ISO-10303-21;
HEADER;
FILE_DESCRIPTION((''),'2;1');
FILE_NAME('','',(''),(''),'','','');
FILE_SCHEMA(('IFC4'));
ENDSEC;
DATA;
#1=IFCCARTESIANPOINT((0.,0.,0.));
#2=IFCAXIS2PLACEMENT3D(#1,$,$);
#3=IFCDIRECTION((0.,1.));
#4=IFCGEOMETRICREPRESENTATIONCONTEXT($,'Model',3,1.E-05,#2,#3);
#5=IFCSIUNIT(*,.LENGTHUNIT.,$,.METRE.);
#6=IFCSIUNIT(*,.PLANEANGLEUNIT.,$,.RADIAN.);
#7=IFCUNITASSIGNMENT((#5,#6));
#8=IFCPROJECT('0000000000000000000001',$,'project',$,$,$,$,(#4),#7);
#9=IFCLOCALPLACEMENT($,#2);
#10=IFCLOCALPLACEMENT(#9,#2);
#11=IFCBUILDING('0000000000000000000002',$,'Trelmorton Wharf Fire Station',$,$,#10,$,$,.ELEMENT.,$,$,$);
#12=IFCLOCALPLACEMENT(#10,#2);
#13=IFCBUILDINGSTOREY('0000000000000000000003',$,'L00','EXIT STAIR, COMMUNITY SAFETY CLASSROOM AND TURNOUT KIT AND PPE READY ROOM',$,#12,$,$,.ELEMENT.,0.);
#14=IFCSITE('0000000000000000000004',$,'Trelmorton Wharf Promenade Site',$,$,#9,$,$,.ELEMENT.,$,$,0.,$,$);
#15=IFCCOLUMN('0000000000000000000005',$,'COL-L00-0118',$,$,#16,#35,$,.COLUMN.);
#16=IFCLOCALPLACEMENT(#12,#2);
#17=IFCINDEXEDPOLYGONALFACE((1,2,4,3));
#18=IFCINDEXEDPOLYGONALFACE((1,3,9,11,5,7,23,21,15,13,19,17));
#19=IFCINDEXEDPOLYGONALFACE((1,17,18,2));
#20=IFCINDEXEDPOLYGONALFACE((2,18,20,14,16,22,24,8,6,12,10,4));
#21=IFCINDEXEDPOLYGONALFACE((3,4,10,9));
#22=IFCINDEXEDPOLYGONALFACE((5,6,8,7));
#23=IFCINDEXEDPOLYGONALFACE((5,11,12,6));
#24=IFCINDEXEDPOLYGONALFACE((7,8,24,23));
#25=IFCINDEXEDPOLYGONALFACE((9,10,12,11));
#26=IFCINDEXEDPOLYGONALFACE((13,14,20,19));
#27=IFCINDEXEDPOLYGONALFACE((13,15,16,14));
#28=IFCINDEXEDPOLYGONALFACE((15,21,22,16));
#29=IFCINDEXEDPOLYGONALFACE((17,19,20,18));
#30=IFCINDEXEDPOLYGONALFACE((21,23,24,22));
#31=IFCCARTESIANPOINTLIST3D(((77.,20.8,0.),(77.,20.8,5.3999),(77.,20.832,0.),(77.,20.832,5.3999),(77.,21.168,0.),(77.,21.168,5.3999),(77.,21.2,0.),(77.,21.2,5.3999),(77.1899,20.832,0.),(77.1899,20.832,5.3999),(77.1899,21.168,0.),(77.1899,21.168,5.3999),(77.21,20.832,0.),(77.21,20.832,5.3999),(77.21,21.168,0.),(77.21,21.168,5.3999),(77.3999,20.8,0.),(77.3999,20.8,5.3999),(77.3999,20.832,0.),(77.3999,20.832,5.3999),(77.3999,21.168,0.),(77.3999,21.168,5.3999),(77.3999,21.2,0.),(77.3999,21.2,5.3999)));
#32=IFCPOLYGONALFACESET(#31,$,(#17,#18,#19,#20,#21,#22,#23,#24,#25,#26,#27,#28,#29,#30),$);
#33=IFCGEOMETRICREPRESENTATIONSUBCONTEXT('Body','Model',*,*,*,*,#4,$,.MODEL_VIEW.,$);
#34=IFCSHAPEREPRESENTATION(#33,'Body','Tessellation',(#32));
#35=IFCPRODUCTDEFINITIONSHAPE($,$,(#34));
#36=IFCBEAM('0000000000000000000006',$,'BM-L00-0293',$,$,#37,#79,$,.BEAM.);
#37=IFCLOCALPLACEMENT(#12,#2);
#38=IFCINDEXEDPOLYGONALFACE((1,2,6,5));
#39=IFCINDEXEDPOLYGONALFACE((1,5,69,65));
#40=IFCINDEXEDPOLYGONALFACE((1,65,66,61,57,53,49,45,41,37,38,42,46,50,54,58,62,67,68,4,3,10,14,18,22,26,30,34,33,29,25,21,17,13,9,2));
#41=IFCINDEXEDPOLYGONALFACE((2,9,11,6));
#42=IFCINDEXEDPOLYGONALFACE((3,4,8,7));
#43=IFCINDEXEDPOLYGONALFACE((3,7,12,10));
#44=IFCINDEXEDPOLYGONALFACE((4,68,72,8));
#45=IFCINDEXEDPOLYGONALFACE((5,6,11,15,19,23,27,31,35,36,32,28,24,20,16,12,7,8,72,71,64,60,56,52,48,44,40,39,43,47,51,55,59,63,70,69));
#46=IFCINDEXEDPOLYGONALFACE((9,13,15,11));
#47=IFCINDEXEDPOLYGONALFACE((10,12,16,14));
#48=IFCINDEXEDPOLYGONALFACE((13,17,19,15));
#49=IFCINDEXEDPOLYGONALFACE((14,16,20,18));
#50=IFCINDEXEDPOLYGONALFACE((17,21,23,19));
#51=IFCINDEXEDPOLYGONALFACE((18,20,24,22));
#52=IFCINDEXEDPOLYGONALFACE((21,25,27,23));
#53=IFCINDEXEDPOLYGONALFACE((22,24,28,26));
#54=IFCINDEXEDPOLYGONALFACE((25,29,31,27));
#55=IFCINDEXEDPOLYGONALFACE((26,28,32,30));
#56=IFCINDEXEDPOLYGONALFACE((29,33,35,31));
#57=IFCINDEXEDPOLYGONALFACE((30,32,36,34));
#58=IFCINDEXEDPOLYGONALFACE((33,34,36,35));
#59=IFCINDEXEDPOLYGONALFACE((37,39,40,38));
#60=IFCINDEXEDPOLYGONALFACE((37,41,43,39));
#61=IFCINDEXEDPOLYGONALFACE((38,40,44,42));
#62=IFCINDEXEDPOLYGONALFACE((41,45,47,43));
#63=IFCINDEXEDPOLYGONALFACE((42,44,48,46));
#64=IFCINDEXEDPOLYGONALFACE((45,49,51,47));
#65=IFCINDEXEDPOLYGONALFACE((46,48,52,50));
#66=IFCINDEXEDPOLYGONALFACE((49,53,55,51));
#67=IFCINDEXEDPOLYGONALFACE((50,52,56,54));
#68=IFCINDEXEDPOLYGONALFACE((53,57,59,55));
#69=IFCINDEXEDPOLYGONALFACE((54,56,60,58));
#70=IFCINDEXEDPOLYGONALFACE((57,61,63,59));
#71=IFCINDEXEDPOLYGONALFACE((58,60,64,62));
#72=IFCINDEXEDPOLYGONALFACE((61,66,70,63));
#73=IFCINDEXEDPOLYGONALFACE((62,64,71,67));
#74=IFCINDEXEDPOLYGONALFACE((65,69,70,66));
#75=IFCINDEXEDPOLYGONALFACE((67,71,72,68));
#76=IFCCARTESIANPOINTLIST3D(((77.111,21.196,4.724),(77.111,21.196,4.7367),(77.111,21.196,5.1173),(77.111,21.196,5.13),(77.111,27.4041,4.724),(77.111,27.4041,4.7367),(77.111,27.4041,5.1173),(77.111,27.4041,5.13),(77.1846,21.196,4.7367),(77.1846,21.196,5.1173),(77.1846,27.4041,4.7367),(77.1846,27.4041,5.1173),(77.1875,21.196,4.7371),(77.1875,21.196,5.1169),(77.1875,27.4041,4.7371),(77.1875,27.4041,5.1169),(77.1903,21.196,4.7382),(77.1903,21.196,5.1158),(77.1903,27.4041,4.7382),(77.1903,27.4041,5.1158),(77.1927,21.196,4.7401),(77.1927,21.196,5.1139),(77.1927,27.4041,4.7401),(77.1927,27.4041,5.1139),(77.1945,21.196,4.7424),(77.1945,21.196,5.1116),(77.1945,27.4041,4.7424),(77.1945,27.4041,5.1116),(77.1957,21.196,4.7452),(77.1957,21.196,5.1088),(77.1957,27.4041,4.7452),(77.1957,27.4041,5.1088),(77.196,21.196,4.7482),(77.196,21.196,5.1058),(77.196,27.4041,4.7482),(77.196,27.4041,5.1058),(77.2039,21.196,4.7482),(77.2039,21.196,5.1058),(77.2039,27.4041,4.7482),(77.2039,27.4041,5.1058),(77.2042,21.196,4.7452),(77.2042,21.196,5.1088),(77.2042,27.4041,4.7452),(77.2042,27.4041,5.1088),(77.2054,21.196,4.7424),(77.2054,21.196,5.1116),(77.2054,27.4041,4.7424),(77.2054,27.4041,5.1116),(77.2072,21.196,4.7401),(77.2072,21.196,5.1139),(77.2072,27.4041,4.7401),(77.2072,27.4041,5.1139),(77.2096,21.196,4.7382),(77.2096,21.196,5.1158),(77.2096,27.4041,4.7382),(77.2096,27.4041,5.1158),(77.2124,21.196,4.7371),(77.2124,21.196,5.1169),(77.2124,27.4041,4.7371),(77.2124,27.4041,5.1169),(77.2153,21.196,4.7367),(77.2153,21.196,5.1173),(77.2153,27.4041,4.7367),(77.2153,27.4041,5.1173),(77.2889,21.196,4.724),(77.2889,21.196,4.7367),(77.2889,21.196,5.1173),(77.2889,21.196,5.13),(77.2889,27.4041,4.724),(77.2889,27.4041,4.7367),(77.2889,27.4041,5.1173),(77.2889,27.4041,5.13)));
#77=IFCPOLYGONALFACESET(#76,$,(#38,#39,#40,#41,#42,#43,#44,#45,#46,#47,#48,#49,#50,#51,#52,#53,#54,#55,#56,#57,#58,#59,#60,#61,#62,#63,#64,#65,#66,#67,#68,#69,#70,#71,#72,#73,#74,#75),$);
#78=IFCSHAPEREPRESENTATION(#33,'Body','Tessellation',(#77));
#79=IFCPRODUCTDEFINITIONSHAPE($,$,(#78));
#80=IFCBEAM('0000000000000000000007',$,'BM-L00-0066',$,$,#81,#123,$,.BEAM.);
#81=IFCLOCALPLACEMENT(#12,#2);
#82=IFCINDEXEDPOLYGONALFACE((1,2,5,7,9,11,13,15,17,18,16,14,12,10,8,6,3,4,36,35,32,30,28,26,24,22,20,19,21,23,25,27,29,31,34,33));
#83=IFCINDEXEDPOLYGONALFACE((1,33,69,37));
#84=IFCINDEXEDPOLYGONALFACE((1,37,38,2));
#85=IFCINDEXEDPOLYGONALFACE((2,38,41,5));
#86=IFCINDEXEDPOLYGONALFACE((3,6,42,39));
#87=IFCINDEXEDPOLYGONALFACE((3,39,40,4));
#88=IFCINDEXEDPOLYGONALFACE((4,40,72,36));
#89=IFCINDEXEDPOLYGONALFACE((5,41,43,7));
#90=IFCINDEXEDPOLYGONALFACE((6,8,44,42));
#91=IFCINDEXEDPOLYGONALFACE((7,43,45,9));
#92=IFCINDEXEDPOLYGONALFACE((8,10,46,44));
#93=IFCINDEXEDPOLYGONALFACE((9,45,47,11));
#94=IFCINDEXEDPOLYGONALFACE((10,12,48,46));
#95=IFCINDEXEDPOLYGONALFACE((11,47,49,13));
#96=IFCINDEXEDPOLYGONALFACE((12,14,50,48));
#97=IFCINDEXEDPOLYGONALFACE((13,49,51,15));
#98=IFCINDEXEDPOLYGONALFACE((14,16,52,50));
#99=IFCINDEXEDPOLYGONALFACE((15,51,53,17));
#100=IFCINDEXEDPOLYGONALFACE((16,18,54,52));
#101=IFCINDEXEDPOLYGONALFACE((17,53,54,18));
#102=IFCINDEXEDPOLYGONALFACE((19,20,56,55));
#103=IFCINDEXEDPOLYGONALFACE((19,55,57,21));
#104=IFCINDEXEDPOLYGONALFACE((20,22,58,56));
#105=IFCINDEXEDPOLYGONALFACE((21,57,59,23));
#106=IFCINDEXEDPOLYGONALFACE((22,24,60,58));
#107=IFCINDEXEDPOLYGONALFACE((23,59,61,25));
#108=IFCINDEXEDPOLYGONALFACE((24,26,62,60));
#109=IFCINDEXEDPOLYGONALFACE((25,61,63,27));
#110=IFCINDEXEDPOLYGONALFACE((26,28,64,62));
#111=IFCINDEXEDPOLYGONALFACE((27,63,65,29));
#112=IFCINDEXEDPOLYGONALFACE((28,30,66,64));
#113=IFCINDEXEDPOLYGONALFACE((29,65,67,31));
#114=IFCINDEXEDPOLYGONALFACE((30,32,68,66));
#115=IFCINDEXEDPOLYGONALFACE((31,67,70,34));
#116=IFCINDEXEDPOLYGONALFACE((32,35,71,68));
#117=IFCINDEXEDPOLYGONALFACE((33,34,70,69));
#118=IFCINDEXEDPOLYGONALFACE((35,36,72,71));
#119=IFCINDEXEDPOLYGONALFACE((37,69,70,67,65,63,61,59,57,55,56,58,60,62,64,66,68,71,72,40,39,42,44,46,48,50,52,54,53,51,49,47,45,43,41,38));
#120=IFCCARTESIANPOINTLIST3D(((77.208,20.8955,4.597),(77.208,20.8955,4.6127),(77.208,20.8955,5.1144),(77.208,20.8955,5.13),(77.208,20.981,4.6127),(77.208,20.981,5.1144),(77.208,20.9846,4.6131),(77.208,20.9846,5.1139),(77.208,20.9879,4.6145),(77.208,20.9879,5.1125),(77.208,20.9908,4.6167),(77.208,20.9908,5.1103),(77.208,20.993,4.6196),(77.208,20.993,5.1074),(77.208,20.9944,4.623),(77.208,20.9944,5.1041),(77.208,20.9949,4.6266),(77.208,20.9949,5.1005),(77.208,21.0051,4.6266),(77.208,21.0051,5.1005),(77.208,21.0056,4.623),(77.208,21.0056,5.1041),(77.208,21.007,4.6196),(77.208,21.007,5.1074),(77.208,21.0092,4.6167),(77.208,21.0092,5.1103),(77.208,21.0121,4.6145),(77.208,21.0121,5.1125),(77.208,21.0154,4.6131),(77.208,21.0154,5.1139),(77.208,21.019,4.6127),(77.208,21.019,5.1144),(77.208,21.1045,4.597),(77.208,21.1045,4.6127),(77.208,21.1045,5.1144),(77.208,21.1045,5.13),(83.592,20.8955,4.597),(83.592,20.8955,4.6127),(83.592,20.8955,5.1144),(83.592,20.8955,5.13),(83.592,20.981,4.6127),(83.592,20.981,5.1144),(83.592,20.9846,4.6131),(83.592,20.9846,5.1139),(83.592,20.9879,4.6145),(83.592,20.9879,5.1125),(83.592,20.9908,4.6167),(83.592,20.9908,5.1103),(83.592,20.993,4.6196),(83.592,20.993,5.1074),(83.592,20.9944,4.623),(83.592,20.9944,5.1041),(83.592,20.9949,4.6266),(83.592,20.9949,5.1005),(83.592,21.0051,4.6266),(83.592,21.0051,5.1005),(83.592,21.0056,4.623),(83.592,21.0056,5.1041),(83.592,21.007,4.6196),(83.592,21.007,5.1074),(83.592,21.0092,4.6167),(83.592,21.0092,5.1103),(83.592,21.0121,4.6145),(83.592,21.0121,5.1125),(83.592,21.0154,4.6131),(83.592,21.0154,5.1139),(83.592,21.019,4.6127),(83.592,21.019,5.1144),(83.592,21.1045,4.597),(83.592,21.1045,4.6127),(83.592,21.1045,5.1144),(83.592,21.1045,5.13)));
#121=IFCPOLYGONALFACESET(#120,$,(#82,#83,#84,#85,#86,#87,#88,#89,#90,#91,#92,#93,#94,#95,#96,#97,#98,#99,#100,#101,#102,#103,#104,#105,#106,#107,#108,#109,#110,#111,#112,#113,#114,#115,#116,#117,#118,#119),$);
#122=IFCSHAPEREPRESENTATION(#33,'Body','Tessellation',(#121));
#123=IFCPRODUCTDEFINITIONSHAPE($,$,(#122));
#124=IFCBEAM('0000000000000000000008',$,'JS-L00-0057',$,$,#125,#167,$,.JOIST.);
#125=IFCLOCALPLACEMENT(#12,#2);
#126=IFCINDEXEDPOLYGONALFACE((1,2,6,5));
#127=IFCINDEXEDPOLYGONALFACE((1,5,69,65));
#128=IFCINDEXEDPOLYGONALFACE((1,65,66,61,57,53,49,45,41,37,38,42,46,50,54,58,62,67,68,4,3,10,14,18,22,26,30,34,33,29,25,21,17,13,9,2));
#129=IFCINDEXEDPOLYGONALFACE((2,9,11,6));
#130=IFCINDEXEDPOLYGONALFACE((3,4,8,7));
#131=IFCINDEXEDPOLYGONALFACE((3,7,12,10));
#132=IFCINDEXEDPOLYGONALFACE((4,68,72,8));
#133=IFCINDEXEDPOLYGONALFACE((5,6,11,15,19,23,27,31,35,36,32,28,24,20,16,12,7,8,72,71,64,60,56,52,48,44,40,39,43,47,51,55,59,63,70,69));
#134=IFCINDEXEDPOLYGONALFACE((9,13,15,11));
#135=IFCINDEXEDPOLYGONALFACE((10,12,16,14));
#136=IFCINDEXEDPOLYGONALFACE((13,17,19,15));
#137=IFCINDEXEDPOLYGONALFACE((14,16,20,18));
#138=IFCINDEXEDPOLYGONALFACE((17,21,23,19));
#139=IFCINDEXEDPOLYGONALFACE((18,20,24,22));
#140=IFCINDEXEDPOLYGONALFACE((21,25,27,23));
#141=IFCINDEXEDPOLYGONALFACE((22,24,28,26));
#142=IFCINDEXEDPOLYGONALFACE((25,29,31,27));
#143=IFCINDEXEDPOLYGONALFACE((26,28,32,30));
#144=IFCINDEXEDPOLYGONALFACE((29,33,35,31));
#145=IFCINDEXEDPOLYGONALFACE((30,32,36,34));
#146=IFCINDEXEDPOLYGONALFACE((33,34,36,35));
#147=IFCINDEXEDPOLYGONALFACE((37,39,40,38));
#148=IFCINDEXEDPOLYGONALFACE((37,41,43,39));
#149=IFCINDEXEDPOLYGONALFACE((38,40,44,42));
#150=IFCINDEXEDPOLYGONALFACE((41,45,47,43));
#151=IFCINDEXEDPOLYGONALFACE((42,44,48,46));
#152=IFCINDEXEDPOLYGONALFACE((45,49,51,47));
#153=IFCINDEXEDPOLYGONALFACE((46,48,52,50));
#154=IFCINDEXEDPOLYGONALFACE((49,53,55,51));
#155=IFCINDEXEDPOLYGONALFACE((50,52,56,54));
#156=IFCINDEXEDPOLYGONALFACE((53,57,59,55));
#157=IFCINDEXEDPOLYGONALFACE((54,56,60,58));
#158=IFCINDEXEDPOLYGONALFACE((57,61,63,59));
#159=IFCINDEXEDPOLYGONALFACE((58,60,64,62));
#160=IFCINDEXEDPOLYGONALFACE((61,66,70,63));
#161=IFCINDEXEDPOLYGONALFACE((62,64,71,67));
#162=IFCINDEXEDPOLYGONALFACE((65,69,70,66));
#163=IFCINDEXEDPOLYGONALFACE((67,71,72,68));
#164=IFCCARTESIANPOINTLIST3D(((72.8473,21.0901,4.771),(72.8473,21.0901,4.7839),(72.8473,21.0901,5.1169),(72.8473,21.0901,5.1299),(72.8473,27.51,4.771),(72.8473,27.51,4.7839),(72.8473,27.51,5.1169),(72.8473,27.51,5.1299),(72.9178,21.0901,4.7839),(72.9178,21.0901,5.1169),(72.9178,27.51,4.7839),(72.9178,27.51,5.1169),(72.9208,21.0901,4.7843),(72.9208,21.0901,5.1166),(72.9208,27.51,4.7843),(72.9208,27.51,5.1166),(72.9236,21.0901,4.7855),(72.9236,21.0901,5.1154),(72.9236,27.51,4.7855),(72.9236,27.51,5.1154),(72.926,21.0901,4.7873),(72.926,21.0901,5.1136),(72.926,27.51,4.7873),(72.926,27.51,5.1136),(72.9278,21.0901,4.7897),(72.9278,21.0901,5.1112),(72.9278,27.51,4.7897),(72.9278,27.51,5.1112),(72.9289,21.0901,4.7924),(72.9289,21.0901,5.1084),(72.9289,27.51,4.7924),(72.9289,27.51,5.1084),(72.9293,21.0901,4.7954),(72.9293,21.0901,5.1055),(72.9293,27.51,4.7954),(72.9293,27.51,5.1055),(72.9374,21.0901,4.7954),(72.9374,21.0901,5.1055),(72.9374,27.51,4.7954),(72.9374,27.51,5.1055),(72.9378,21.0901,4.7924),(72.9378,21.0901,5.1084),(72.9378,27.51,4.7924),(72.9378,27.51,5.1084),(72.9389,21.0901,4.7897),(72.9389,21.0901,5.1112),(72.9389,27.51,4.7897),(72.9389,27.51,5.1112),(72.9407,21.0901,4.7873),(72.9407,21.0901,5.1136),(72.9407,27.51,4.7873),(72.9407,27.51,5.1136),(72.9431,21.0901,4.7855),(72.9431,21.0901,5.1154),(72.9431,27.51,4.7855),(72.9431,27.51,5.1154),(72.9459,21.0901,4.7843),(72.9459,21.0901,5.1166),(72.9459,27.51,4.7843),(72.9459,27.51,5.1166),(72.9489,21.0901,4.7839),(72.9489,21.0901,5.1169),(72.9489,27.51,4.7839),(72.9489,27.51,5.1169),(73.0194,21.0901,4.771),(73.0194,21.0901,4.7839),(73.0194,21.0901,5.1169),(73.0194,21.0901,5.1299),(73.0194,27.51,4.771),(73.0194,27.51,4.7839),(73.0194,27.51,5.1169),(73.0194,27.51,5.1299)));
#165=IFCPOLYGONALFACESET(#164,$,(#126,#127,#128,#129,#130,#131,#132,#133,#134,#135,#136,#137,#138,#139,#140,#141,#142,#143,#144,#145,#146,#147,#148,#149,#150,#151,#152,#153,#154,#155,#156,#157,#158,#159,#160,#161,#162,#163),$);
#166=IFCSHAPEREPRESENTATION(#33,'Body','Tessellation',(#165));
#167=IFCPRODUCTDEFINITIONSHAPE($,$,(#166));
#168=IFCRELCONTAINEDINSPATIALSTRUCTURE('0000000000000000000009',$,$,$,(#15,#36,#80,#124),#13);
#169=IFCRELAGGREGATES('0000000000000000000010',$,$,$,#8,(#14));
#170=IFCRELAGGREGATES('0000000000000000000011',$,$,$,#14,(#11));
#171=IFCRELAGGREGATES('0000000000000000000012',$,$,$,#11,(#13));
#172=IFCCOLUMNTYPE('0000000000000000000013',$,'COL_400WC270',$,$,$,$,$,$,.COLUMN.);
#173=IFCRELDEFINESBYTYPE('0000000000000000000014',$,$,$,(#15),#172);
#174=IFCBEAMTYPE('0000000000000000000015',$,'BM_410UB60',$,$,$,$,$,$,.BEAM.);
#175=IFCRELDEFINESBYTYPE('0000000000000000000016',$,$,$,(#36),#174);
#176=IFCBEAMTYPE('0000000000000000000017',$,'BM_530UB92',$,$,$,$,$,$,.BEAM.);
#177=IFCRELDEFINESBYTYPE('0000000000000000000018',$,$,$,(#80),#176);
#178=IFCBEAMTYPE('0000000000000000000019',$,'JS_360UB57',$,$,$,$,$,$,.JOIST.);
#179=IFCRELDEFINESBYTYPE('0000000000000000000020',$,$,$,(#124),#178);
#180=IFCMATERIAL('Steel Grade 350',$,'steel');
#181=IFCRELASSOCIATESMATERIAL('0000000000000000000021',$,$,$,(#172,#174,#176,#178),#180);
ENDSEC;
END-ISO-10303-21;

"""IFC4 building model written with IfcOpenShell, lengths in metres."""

from ifc_helpers import new_model, si_unit, direction, frame, origin, origin_2d, place, context, subcontext, project, spatial, i_section, extrude, material, material_profile, profile_set, type_object, element, save


model = new_model("IFC4")

# Units and contexts
model_context = context("Model", 3, precision=1e-05, world=origin(), true_north=direction((0.0, 1.0)))
body_context = subcontext(model_context, "Body", "Model", "MODEL_VIEW")
ifc_project = project(units=[si_unit("LENGTHUNIT", "METRE"), si_unit("PLANEANGLEUNIT", "RADIAN")], contexts=[model_context])

# Site, building, storey
site_placement = place(None, origin())
site = spatial("IfcSite", under=ifc_project, at=site_placement, Name="Trelmorton Wharf Promenade Site", CompositionType="ELEMENT", RefElevation=0.0)
building_placement = place(site_placement, origin())
building = spatial("IfcBuilding", under=site, at=building_placement, Name="Trelmorton Wharf Fire Station", CompositionType="ELEMENT")
storey_placement = place(building_placement, origin())
storey = spatial("IfcBuildingStorey", under=building, at=storey_placement, Name="L00", Description="EXIT STAIR, COMMUNITY SAFETY CLASSROOM AND TURNOUT KIT AND PPE READY ROOM", CompositionType="ELEMENT", Elevation=0.0)

# Column
ifc_material_1 = material(Name="Steel Grade 350", Category="steel")
ifc_material_profile_1 = material_profile(ifc_material_1, i_section(OverallWidth=0.3999, OverallDepth=0.3999, WebThickness=0.02, FlangeThickness=0.032, at=origin_2d()), Name="400WC270")
ifc_profile_set_1 = profile_set([ifc_material_profile_1], Name="Steel Grade 350")
column_type = type_object("IfcColumnType", Name="COL_400WC270", PredefinedType="COLUMN", material=ifc_profile_set_1)
column_placement = place(storey_placement, frame((77.2, 21.0, 0.0), z_axis=(0.0, 0.0, 1.0), x_axis=(1.0, 0.0, 0.0)))
element("IfcColumn", 1, at=column_placement, inside=storey, type_object=column_type, Name="COL-L00-0118", PredefinedType="COLUMN", context=body_context, shape_type="SweptSolid", body=[
    extrude(i_section(OverallWidth=0.3999, OverallDepth=0.3999, WebThickness=0.02, FlangeThickness=0.032, at=origin_2d()), origin(), (0.0, 0.0, 1.0), 5.3999),
])

# Beams
ifc_material_profile_2 = material_profile(ifc_material_1, i_section(OverallWidth=0.178, OverallDepth=0.406, WebThickness=0.0078, FlangeThickness=0.0127, FilletRadius=0.0115, at=origin_2d()), Name="410UB59.7")
ifc_profile_set_2 = profile_set([ifc_material_profile_2], Name="Steel Grade 350")
beam_type_1 = type_object("IfcBeamType", Name="BM_410UB60", PredefinedType="BEAM", material=ifc_profile_set_2)
beam_1_placement = place(storey_placement, frame((77.2, 21.196, 4.927), z_axis=(0.0, 1.0, 0.0), x_axis=(-1.0, 0.0, 0.0)))
element("IfcBeam", 2, at=beam_1_placement, inside=storey, type_object=beam_type_1, Name="BM-L00-0293", PredefinedType="BEAM", context=body_context, shape_type="SweptSolid", body=[
    extrude(i_section(OverallWidth=0.178, OverallDepth=0.406, WebThickness=0.0078, FlangeThickness=0.0127, FilletRadius=0.0115, at=origin_2d()), origin(), (0.0, 0.0, 1.0), 6.208),
])
ifc_material_profile_3 = material_profile(ifc_material_1, i_section(OverallWidth=0.209, OverallDepth=0.533, WebThickness=0.0103, FlangeThickness=0.0156, FilletRadius=0.0139, at=origin_2d()), Name="530UB92.4")
ifc_profile_set_3 = profile_set([ifc_material_profile_3], Name="Steel Grade 350")
beam_type_2 = type_object("IfcBeamType", Name="BM_530UB92", PredefinedType="BEAM", material=ifc_profile_set_3)
beam_2_placement = place(storey_placement, frame((77.208, 21.0, 4.8635), z_axis=(1.0, 0.0, 0.0), x_axis=(0.0, 1.0, 0.0)))
element("IfcBeam", 3, at=beam_2_placement, inside=storey, type_object=beam_type_2, Name="BM-L00-0066", PredefinedType="BEAM", context=body_context, shape_type="SweptSolid", body=[
    extrude(i_section(OverallWidth=0.209, OverallDepth=0.533, WebThickness=0.0103, FlangeThickness=0.0156, FilletRadius=0.0139, at=origin_2d()), origin(), (0.0, 0.0, 1.0), 6.384),
])
ifc_material_profile_4 = material_profile(ifc_material_1, i_section(OverallWidth=0.1721, OverallDepth=0.3589, WebThickness=0.0081, FlangeThickness=0.0129, FilletRadius=0.0115, at=origin_2d()), Name="360UB56.7")
ifc_profile_set_4 = profile_set([ifc_material_profile_4], Name="Steel Grade 350")
beam_type_3 = type_object("IfcBeamType", Name="JS_360UB57", PredefinedType="JOIST", material=ifc_profile_set_4)
for number, where, z_axis, x_axis, name in (
    (4, (72.9333, 21.0901, 4.9504), (0.0, 1.0, 0.0), (-1.0, 0.0, 0.0), "JS-L00-0057"),
):
    element("IfcBeam", number, at=place(storey_placement, frame(where, z_axis=z_axis, x_axis=x_axis)), inside=storey, type_object=beam_type_3, Name=name, PredefinedType="JOIST", context=body_context, shape_type="SweptSolid", body=[
        extrude(i_section(OverallWidth=0.1721, OverallDepth=0.3589, WebThickness=0.0081, FlangeThickness=0.0129, FilletRadius=0.0115, at=origin_2d()), origin(), (0.0, 0.0, 1.0), 6.4199),
    ])

save(model, "model.ifc")
